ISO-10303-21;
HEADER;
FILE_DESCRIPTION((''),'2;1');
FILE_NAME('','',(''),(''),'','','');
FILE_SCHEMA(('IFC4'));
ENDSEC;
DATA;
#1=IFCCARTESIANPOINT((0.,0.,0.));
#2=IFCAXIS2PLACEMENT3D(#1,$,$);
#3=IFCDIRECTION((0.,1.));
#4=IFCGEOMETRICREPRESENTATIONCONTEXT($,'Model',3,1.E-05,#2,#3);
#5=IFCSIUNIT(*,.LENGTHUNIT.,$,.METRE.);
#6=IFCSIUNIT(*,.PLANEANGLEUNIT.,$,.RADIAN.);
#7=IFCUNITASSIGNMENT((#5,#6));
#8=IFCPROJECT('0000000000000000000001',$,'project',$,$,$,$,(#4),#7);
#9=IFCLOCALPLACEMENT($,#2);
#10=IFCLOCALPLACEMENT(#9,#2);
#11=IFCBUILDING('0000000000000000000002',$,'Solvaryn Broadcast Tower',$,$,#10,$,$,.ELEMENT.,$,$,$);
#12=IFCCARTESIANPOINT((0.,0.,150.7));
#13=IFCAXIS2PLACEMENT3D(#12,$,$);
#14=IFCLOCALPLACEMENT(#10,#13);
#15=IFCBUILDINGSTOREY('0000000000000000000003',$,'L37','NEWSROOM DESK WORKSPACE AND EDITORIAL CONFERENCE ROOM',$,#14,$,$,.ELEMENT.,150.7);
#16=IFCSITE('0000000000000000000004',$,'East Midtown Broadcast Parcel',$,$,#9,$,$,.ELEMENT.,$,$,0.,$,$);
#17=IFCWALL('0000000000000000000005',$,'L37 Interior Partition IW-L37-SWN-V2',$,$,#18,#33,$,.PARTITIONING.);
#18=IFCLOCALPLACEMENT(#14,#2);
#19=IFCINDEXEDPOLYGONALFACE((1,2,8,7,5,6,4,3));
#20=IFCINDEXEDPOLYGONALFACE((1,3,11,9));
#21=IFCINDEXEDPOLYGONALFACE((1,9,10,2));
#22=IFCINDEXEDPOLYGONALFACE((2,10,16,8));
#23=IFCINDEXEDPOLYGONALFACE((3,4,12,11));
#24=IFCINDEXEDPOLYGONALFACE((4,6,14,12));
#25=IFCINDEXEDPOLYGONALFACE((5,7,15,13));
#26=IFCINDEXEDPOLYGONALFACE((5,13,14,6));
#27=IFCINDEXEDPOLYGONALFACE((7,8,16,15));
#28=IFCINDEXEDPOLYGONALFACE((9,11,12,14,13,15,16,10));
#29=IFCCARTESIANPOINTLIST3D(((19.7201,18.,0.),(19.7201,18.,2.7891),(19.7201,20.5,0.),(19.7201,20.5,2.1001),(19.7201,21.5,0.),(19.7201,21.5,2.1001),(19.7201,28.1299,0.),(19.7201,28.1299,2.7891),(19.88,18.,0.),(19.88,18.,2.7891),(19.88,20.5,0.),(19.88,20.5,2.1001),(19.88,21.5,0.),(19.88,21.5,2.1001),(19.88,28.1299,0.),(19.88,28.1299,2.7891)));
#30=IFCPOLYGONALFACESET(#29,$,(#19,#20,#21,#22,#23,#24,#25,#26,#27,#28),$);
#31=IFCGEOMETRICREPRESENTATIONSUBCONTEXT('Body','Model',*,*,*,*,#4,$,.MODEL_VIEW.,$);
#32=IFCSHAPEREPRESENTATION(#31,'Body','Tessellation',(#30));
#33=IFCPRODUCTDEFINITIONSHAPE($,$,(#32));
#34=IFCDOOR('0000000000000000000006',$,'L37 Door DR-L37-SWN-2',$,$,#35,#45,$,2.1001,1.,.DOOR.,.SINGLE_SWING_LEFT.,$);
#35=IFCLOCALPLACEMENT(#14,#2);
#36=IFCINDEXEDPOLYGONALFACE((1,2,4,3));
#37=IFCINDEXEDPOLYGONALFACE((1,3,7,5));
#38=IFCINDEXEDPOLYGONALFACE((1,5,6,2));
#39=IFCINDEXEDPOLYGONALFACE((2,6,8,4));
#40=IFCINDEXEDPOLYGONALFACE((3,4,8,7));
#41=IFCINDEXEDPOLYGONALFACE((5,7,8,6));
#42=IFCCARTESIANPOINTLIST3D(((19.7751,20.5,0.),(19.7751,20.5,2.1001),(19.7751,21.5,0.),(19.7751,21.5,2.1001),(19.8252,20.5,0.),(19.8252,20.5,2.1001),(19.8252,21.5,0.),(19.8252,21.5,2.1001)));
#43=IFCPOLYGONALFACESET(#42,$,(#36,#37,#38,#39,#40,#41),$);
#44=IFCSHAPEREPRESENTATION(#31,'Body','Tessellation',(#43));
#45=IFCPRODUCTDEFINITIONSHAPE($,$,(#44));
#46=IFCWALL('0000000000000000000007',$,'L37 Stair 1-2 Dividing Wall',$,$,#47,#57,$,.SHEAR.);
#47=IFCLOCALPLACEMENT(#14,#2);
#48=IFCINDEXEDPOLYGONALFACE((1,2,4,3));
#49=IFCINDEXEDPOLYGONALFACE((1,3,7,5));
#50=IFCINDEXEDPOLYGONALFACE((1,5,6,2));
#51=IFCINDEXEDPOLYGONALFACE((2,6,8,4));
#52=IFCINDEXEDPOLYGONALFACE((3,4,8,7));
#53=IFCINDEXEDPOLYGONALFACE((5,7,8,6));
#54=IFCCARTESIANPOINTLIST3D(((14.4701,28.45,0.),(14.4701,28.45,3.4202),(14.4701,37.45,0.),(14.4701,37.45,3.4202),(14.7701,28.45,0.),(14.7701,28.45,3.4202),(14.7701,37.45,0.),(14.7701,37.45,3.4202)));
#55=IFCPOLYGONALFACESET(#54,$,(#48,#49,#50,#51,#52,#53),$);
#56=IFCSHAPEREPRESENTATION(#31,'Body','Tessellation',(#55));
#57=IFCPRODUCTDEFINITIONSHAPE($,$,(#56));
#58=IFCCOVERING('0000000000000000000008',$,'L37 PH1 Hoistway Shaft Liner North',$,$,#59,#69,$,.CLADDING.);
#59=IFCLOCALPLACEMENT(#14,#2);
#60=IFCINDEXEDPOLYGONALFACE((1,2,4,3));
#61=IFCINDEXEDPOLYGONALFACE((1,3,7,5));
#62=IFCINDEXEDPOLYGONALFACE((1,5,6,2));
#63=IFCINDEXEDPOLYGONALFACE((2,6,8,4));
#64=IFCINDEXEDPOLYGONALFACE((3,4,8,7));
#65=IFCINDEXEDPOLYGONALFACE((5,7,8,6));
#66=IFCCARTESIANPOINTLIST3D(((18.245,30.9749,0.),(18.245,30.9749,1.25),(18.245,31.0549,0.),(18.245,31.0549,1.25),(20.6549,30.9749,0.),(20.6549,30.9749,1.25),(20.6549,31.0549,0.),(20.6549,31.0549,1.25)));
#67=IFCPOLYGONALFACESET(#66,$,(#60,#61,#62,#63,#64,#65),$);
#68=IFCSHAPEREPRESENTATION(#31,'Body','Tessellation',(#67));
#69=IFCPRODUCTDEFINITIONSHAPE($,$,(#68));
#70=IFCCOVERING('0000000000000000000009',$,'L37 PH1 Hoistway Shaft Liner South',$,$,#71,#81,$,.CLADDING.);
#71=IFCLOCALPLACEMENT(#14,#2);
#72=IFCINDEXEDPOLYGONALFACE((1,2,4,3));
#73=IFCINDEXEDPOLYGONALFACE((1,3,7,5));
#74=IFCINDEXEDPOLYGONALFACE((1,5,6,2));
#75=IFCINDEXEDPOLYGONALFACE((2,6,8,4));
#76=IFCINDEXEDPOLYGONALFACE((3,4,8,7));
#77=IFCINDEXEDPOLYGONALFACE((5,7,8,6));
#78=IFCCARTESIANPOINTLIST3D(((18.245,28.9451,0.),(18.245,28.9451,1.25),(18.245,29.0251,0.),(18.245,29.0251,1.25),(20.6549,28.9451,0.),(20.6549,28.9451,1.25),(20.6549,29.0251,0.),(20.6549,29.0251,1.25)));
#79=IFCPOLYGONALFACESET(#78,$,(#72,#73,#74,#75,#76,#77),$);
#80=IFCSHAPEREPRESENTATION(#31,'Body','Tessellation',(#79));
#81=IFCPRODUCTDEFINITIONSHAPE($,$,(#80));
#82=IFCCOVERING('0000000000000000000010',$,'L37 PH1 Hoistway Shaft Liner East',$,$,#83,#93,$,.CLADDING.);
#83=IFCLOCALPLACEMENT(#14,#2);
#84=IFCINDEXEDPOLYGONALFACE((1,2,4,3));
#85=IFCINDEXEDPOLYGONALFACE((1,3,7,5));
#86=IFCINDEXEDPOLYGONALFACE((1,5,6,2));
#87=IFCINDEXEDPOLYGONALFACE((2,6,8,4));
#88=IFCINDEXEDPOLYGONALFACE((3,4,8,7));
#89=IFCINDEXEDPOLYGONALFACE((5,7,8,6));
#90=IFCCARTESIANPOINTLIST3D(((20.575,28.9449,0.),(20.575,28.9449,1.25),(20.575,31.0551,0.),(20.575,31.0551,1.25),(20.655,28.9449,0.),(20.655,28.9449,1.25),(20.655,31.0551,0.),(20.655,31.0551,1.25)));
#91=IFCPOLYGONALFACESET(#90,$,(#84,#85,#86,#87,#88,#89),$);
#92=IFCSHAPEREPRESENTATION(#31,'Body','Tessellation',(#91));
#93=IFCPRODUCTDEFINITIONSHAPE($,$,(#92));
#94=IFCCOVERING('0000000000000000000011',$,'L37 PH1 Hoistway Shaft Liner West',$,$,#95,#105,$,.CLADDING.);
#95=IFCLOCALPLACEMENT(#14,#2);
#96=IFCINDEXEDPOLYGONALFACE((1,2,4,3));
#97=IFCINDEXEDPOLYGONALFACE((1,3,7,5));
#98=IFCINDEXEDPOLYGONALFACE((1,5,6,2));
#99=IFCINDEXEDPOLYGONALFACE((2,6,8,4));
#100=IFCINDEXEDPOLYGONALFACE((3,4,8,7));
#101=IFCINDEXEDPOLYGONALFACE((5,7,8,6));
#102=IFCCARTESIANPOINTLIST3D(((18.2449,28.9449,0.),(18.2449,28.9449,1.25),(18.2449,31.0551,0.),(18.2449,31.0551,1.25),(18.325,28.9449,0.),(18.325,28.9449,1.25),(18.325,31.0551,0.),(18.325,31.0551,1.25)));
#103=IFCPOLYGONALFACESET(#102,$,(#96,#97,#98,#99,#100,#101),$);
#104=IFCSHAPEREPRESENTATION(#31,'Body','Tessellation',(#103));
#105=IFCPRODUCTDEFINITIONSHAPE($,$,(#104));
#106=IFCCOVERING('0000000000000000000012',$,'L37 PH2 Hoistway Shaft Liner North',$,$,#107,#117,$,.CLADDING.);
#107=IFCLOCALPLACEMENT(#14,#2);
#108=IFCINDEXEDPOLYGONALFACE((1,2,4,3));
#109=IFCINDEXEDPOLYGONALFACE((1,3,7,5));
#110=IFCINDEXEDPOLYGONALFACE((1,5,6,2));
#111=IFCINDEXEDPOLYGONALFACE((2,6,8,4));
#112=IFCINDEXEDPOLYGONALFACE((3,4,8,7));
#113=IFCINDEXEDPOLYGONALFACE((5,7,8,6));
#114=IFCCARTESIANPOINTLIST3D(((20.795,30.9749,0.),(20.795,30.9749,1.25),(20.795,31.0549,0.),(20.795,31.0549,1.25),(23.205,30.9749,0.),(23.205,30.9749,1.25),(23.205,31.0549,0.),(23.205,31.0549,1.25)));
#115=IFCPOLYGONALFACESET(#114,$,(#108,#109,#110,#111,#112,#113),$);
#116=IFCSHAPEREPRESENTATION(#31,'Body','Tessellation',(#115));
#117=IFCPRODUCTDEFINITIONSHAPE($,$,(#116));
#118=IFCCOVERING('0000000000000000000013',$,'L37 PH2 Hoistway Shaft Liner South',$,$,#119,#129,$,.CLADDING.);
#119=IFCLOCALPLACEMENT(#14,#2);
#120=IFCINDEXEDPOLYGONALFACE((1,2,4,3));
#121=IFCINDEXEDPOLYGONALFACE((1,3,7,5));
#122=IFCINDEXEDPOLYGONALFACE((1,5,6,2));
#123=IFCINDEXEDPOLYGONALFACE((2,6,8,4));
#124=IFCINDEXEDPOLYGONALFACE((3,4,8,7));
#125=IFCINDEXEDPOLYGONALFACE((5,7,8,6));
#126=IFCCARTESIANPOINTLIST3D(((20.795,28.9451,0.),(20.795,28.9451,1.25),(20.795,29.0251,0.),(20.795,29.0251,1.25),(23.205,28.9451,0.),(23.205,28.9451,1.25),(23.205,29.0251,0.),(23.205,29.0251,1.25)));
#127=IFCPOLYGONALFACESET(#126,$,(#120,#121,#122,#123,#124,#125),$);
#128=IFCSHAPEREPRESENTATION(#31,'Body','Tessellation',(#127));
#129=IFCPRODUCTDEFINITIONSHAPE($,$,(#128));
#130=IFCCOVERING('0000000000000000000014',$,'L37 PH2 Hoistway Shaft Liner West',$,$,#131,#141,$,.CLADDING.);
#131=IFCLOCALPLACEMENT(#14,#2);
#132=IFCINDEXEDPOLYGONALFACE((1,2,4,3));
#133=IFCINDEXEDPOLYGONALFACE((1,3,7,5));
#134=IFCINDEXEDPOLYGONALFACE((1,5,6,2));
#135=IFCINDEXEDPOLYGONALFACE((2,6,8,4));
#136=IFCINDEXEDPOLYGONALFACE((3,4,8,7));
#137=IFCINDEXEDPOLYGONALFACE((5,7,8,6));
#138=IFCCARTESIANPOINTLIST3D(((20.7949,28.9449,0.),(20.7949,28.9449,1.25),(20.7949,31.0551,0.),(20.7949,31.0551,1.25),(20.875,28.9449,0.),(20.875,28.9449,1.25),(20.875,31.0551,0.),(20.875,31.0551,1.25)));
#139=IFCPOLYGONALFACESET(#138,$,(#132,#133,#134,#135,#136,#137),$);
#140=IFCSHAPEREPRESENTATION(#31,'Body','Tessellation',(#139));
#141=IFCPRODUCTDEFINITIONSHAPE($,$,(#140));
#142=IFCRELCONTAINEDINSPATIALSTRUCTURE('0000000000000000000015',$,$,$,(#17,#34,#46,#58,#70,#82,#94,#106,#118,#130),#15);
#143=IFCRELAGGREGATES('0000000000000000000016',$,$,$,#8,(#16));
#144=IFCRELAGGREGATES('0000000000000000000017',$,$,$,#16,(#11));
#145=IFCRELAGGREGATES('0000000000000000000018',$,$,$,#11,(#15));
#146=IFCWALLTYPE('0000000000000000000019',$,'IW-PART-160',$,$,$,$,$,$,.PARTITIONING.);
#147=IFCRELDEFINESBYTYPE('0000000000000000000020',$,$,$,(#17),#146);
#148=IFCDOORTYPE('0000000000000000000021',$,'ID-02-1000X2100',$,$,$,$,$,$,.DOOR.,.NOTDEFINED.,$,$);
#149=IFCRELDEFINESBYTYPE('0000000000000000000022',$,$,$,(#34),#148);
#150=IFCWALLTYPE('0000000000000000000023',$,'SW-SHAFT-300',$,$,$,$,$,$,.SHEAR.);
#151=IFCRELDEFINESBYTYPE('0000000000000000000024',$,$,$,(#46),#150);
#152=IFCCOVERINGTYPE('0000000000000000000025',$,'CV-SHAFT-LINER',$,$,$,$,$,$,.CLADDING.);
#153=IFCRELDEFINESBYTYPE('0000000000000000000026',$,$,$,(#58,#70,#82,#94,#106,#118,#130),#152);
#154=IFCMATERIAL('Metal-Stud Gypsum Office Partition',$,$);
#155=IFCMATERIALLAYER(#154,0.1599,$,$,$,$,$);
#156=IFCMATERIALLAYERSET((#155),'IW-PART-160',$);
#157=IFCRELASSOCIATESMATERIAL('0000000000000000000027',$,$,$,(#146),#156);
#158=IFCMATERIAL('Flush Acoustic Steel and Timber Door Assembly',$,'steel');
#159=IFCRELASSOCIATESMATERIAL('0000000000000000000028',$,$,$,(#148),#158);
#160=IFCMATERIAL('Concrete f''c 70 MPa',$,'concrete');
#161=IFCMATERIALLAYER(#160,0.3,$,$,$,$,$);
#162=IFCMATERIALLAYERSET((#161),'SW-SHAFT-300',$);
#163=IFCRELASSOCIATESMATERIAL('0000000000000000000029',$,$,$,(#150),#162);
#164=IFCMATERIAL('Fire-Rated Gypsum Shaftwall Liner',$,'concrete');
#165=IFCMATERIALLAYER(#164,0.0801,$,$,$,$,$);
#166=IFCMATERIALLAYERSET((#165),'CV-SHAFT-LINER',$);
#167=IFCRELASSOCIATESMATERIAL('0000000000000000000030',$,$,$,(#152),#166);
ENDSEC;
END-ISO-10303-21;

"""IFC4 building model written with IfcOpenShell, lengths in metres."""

from ifc_helpers import new_model, si_unit, direction, frame, frame_2d, origin, origin_2d, place, context, subcontext, project, spatial, rectangle, extrude, material, layer, layer_set, type_object, element, fill, save


model = new_model("IFC4")

# Units and contexts
model_context = context("Model", 3, precision=1e-05, world=origin(), true_north=direction((0.0, 1.0)))
body_context = subcontext(model_context, "Body", "Model", "MODEL_VIEW")
ifc_project = project(units=[si_unit("LENGTHUNIT", "METRE"), si_unit("PLANEANGLEUNIT", "RADIAN")], contexts=[model_context])

# Site, building, storey
site_placement = place(None, origin())
site = spatial("IfcSite", under=ifc_project, at=site_placement, Name="East Midtown Broadcast Parcel", CompositionType="ELEMENT", RefElevation=0.0)
building_placement = place(site_placement, origin())
building = spatial("IfcBuilding", under=site, at=building_placement, Name="Solvaryn Broadcast Tower", CompositionType="ELEMENT")
storey_placement = place(building_placement, frame((0.0, 0.0, 150.7)))
storey = spatial("IfcBuildingStorey", under=building, at=storey_placement, Name="L37", Description="NEWSROOM DESK WORKSPACE AND EDITORIAL CONFERENCE ROOM", CompositionType="ELEMENT", Elevation=150.7)

# Wall, opening, door
ifc_material_1 = material(Name="Metal-Stud Gypsum Office Partition")
ifc_layer_1 = layer(ifc_material_1, 0.1599)
ifc_layer_set_1 = layer_set([ifc_layer_1], Name="IW-PART-160")
wall_type_1 = type_object("IfcWallType", Name="IW-PART-160", PredefinedType="PARTITIONING", material=ifc_layer_set_1)
ifc_material_2 = material(Name="Flush Acoustic Steel and Timber Door Assembly", Category="steel")
door_type_1 = type_object("IfcDoorType", Name="ID-02-1000X2100", OperationType="NOTDEFINED", PredefinedType="DOOR", material=ifc_material_2)
wall_1_placement = place(storey_placement, frame((19.8, 18.0, 0.0), z_axis=(0.0, 0.0, 1.0), x_axis=(0.0, 1.0, 0.0)))
wall_1 = element("IfcWall", 1, at=wall_1_placement, inside=storey, type_object=wall_type_1, Name="L37 Interior Partition IW-L37-SWN-V2", PredefinedType="PARTITIONING", context=body_context, shape_type="SweptSolid", body=[
    extrude(rectangle(XDim=10.1299, YDim=0.1599, at=frame_2d((5.0649, 0.0))), origin(), (0.0, 0.0, 1.0), 2.7891),
])
opening_1_placement = place(wall_1_placement, frame((2.5, 0.0, 0.0)))
opening_1 = element("IfcOpeningElement", 2, at=opening_1_placement, cuts=wall_1, PredefinedType="OPENING", context=body_context, shape_type="SweptSolid", body=[
    extrude(rectangle(XDim=1.0, YDim=2.1001, at=frame_2d((0.5, 1.05))), frame((0.0, 0.0901, 0.0), z_axis=(0.0, -1.0, 0.0), x_axis=(1.0, 0.0, 0.0)), (0.0, 0.0, 1.0), 0.1799),
])
door_1_placement = place(opening_1_placement, origin())
door_1 = element("IfcDoor", 3, at=door_1_placement, inside=storey, type_object=door_type_1, Name="L37 Door DR-L37-SWN-2", OperationType="SINGLE_SWING_LEFT", OverallHeight=2.1001, OverallWidth=1.0, PredefinedType="DOOR", context=body_context, shape_type="SweptSolid", body=[
    extrude(rectangle(XDim=1.0, YDim=2.1001, at=frame_2d((0.5, 1.05))), frame((0.0, 0.0249, 0.0), z_axis=(0.0, -1.0, 0.0), x_axis=(1.0, 0.0, 0.0)), (0.0, 0.0, 1.0), 0.05),
])
fill(opening_1, door_1)

# Wall
ifc_material_3 = material(Name="Concrete f'c 70 MPa", Category="concrete")
ifc_layer_2 = layer(ifc_material_3, 0.3)
ifc_layer_set_2 = layer_set([ifc_layer_2], Name="SW-SHAFT-300")
wall_type_2 = type_object("IfcWallType", Name="SW-SHAFT-300", PredefinedType="SHEAR", material=ifc_layer_set_2)
wall_2_placement = place(storey_placement, frame((14.6201, 28.45, 0.0), z_axis=(0.0, 0.0, 1.0), x_axis=(0.0, 1.0, 0.0)))
element("IfcWall", 4, at=wall_2_placement, inside=storey, type_object=wall_type_2, Name="L37 Stair 1-2 Dividing Wall", PredefinedType="SHEAR", context=body_context, shape_type="SweptSolid", body=[
    extrude(rectangle(XDim=9.0, YDim=0.3, at=frame_2d((4.5, 0.0))), origin(), (0.0, 0.0, 1.0), 3.4202),
])

# Coverings
ifc_material_4 = material(Name="Fire-Rated Gypsum Shaftwall Liner", Category="concrete")
ifc_layer_3 = layer(ifc_material_4, 0.0801)
ifc_layer_set_3 = layer_set([ifc_layer_3], Name="CV-SHAFT-LINER")
covering_type = type_object("IfcCoveringType", Name="CV-SHAFT-LINER", PredefinedType="CLADDING", material=ifc_layer_set_3)
for number, where, z_axis, x_axis, name in (
    (5, (19.45, 31.0149, 0.0), (0.0, 0.0, 1.0), (1.0, 0.0, 0.0), "L37 PH1 Hoistway Shaft Liner North"),
    (6, (19.45, 28.9851, 0.0), (0.0, 0.0, 1.0), (1.0, 0.0, 0.0), "L37 PH1 Hoistway Shaft Liner South"),
):
    element("IfcCovering", number, at=place(storey_placement, frame(where, z_axis=z_axis, x_axis=x_axis)), inside=storey, type_object=covering_type, Name=name, PredefinedType="CLADDING", context=body_context, shape_type="SweptSolid", body=[
        extrude(rectangle(XDim=2.4099, YDim=0.0801, at=origin_2d()), origin(), (0.0, 0.0, 1.0), 1.25),
    ])
for number, where, z_axis, x_axis, name in (
    (7, (20.615, 30.0, 0.0), (0.0, 0.0, 1.0), (1.0, 0.0, 0.0), "L37 PH1 Hoistway Shaft Liner East"),
    (8, (18.2849, 30.0, 0.0), (0.0, 0.0, 1.0), (1.0, 0.0, 0.0), "L37 PH1 Hoistway Shaft Liner West"),
):
    element("IfcCovering", number, at=place(storey_placement, frame(where, z_axis=z_axis, x_axis=x_axis)), inside=storey, type_object=covering_type, Name=name, PredefinedType="CLADDING", context=body_context, shape_type="SweptSolid", body=[
        extrude(rectangle(XDim=0.0801, YDim=2.1101, at=origin_2d()), origin(), (0.0, 0.0, 1.0), 1.25),
    ])
for number, where, z_axis, x_axis, name in (
    (9, (22.0, 31.0149, 0.0), (0.0, 0.0, 1.0), (1.0, 0.0, 0.0), "L37 PH2 Hoistway Shaft Liner North"),
    (10, (22.0, 28.9851, 0.0), (0.0, 0.0, 1.0), (1.0, 0.0, 0.0), "L37 PH2 Hoistway Shaft Liner South"),
):
    element("IfcCovering", number, at=place(storey_placement, frame(where, z_axis=z_axis, x_axis=x_axis)), inside=storey, type_object=covering_type, Name=name, PredefinedType="CLADDING", context=body_context, shape_type="SweptSolid", body=[
        extrude(rectangle(XDim=2.4099, YDim=0.0801, at=origin_2d()), origin(), (0.0, 0.0, 1.0), 1.25),
    ])
covering_placement = place(storey_placement, frame((20.835, 30.0, 0.0), z_axis=(0.0, 0.0, 1.0), x_axis=(1.0, 0.0, 0.0)))
element("IfcCovering", 11, at=covering_placement, inside=storey, type_object=covering_type, Name="L37 PH2 Hoistway Shaft Liner West", PredefinedType="CLADDING", context=body_context, shape_type="SweptSolid", body=[
    extrude(rectangle(XDim=0.0801, YDim=2.1101, at=origin_2d()), origin(), (0.0, 0.0, 1.0), 1.25),
])

save(model, "model.ifc")
